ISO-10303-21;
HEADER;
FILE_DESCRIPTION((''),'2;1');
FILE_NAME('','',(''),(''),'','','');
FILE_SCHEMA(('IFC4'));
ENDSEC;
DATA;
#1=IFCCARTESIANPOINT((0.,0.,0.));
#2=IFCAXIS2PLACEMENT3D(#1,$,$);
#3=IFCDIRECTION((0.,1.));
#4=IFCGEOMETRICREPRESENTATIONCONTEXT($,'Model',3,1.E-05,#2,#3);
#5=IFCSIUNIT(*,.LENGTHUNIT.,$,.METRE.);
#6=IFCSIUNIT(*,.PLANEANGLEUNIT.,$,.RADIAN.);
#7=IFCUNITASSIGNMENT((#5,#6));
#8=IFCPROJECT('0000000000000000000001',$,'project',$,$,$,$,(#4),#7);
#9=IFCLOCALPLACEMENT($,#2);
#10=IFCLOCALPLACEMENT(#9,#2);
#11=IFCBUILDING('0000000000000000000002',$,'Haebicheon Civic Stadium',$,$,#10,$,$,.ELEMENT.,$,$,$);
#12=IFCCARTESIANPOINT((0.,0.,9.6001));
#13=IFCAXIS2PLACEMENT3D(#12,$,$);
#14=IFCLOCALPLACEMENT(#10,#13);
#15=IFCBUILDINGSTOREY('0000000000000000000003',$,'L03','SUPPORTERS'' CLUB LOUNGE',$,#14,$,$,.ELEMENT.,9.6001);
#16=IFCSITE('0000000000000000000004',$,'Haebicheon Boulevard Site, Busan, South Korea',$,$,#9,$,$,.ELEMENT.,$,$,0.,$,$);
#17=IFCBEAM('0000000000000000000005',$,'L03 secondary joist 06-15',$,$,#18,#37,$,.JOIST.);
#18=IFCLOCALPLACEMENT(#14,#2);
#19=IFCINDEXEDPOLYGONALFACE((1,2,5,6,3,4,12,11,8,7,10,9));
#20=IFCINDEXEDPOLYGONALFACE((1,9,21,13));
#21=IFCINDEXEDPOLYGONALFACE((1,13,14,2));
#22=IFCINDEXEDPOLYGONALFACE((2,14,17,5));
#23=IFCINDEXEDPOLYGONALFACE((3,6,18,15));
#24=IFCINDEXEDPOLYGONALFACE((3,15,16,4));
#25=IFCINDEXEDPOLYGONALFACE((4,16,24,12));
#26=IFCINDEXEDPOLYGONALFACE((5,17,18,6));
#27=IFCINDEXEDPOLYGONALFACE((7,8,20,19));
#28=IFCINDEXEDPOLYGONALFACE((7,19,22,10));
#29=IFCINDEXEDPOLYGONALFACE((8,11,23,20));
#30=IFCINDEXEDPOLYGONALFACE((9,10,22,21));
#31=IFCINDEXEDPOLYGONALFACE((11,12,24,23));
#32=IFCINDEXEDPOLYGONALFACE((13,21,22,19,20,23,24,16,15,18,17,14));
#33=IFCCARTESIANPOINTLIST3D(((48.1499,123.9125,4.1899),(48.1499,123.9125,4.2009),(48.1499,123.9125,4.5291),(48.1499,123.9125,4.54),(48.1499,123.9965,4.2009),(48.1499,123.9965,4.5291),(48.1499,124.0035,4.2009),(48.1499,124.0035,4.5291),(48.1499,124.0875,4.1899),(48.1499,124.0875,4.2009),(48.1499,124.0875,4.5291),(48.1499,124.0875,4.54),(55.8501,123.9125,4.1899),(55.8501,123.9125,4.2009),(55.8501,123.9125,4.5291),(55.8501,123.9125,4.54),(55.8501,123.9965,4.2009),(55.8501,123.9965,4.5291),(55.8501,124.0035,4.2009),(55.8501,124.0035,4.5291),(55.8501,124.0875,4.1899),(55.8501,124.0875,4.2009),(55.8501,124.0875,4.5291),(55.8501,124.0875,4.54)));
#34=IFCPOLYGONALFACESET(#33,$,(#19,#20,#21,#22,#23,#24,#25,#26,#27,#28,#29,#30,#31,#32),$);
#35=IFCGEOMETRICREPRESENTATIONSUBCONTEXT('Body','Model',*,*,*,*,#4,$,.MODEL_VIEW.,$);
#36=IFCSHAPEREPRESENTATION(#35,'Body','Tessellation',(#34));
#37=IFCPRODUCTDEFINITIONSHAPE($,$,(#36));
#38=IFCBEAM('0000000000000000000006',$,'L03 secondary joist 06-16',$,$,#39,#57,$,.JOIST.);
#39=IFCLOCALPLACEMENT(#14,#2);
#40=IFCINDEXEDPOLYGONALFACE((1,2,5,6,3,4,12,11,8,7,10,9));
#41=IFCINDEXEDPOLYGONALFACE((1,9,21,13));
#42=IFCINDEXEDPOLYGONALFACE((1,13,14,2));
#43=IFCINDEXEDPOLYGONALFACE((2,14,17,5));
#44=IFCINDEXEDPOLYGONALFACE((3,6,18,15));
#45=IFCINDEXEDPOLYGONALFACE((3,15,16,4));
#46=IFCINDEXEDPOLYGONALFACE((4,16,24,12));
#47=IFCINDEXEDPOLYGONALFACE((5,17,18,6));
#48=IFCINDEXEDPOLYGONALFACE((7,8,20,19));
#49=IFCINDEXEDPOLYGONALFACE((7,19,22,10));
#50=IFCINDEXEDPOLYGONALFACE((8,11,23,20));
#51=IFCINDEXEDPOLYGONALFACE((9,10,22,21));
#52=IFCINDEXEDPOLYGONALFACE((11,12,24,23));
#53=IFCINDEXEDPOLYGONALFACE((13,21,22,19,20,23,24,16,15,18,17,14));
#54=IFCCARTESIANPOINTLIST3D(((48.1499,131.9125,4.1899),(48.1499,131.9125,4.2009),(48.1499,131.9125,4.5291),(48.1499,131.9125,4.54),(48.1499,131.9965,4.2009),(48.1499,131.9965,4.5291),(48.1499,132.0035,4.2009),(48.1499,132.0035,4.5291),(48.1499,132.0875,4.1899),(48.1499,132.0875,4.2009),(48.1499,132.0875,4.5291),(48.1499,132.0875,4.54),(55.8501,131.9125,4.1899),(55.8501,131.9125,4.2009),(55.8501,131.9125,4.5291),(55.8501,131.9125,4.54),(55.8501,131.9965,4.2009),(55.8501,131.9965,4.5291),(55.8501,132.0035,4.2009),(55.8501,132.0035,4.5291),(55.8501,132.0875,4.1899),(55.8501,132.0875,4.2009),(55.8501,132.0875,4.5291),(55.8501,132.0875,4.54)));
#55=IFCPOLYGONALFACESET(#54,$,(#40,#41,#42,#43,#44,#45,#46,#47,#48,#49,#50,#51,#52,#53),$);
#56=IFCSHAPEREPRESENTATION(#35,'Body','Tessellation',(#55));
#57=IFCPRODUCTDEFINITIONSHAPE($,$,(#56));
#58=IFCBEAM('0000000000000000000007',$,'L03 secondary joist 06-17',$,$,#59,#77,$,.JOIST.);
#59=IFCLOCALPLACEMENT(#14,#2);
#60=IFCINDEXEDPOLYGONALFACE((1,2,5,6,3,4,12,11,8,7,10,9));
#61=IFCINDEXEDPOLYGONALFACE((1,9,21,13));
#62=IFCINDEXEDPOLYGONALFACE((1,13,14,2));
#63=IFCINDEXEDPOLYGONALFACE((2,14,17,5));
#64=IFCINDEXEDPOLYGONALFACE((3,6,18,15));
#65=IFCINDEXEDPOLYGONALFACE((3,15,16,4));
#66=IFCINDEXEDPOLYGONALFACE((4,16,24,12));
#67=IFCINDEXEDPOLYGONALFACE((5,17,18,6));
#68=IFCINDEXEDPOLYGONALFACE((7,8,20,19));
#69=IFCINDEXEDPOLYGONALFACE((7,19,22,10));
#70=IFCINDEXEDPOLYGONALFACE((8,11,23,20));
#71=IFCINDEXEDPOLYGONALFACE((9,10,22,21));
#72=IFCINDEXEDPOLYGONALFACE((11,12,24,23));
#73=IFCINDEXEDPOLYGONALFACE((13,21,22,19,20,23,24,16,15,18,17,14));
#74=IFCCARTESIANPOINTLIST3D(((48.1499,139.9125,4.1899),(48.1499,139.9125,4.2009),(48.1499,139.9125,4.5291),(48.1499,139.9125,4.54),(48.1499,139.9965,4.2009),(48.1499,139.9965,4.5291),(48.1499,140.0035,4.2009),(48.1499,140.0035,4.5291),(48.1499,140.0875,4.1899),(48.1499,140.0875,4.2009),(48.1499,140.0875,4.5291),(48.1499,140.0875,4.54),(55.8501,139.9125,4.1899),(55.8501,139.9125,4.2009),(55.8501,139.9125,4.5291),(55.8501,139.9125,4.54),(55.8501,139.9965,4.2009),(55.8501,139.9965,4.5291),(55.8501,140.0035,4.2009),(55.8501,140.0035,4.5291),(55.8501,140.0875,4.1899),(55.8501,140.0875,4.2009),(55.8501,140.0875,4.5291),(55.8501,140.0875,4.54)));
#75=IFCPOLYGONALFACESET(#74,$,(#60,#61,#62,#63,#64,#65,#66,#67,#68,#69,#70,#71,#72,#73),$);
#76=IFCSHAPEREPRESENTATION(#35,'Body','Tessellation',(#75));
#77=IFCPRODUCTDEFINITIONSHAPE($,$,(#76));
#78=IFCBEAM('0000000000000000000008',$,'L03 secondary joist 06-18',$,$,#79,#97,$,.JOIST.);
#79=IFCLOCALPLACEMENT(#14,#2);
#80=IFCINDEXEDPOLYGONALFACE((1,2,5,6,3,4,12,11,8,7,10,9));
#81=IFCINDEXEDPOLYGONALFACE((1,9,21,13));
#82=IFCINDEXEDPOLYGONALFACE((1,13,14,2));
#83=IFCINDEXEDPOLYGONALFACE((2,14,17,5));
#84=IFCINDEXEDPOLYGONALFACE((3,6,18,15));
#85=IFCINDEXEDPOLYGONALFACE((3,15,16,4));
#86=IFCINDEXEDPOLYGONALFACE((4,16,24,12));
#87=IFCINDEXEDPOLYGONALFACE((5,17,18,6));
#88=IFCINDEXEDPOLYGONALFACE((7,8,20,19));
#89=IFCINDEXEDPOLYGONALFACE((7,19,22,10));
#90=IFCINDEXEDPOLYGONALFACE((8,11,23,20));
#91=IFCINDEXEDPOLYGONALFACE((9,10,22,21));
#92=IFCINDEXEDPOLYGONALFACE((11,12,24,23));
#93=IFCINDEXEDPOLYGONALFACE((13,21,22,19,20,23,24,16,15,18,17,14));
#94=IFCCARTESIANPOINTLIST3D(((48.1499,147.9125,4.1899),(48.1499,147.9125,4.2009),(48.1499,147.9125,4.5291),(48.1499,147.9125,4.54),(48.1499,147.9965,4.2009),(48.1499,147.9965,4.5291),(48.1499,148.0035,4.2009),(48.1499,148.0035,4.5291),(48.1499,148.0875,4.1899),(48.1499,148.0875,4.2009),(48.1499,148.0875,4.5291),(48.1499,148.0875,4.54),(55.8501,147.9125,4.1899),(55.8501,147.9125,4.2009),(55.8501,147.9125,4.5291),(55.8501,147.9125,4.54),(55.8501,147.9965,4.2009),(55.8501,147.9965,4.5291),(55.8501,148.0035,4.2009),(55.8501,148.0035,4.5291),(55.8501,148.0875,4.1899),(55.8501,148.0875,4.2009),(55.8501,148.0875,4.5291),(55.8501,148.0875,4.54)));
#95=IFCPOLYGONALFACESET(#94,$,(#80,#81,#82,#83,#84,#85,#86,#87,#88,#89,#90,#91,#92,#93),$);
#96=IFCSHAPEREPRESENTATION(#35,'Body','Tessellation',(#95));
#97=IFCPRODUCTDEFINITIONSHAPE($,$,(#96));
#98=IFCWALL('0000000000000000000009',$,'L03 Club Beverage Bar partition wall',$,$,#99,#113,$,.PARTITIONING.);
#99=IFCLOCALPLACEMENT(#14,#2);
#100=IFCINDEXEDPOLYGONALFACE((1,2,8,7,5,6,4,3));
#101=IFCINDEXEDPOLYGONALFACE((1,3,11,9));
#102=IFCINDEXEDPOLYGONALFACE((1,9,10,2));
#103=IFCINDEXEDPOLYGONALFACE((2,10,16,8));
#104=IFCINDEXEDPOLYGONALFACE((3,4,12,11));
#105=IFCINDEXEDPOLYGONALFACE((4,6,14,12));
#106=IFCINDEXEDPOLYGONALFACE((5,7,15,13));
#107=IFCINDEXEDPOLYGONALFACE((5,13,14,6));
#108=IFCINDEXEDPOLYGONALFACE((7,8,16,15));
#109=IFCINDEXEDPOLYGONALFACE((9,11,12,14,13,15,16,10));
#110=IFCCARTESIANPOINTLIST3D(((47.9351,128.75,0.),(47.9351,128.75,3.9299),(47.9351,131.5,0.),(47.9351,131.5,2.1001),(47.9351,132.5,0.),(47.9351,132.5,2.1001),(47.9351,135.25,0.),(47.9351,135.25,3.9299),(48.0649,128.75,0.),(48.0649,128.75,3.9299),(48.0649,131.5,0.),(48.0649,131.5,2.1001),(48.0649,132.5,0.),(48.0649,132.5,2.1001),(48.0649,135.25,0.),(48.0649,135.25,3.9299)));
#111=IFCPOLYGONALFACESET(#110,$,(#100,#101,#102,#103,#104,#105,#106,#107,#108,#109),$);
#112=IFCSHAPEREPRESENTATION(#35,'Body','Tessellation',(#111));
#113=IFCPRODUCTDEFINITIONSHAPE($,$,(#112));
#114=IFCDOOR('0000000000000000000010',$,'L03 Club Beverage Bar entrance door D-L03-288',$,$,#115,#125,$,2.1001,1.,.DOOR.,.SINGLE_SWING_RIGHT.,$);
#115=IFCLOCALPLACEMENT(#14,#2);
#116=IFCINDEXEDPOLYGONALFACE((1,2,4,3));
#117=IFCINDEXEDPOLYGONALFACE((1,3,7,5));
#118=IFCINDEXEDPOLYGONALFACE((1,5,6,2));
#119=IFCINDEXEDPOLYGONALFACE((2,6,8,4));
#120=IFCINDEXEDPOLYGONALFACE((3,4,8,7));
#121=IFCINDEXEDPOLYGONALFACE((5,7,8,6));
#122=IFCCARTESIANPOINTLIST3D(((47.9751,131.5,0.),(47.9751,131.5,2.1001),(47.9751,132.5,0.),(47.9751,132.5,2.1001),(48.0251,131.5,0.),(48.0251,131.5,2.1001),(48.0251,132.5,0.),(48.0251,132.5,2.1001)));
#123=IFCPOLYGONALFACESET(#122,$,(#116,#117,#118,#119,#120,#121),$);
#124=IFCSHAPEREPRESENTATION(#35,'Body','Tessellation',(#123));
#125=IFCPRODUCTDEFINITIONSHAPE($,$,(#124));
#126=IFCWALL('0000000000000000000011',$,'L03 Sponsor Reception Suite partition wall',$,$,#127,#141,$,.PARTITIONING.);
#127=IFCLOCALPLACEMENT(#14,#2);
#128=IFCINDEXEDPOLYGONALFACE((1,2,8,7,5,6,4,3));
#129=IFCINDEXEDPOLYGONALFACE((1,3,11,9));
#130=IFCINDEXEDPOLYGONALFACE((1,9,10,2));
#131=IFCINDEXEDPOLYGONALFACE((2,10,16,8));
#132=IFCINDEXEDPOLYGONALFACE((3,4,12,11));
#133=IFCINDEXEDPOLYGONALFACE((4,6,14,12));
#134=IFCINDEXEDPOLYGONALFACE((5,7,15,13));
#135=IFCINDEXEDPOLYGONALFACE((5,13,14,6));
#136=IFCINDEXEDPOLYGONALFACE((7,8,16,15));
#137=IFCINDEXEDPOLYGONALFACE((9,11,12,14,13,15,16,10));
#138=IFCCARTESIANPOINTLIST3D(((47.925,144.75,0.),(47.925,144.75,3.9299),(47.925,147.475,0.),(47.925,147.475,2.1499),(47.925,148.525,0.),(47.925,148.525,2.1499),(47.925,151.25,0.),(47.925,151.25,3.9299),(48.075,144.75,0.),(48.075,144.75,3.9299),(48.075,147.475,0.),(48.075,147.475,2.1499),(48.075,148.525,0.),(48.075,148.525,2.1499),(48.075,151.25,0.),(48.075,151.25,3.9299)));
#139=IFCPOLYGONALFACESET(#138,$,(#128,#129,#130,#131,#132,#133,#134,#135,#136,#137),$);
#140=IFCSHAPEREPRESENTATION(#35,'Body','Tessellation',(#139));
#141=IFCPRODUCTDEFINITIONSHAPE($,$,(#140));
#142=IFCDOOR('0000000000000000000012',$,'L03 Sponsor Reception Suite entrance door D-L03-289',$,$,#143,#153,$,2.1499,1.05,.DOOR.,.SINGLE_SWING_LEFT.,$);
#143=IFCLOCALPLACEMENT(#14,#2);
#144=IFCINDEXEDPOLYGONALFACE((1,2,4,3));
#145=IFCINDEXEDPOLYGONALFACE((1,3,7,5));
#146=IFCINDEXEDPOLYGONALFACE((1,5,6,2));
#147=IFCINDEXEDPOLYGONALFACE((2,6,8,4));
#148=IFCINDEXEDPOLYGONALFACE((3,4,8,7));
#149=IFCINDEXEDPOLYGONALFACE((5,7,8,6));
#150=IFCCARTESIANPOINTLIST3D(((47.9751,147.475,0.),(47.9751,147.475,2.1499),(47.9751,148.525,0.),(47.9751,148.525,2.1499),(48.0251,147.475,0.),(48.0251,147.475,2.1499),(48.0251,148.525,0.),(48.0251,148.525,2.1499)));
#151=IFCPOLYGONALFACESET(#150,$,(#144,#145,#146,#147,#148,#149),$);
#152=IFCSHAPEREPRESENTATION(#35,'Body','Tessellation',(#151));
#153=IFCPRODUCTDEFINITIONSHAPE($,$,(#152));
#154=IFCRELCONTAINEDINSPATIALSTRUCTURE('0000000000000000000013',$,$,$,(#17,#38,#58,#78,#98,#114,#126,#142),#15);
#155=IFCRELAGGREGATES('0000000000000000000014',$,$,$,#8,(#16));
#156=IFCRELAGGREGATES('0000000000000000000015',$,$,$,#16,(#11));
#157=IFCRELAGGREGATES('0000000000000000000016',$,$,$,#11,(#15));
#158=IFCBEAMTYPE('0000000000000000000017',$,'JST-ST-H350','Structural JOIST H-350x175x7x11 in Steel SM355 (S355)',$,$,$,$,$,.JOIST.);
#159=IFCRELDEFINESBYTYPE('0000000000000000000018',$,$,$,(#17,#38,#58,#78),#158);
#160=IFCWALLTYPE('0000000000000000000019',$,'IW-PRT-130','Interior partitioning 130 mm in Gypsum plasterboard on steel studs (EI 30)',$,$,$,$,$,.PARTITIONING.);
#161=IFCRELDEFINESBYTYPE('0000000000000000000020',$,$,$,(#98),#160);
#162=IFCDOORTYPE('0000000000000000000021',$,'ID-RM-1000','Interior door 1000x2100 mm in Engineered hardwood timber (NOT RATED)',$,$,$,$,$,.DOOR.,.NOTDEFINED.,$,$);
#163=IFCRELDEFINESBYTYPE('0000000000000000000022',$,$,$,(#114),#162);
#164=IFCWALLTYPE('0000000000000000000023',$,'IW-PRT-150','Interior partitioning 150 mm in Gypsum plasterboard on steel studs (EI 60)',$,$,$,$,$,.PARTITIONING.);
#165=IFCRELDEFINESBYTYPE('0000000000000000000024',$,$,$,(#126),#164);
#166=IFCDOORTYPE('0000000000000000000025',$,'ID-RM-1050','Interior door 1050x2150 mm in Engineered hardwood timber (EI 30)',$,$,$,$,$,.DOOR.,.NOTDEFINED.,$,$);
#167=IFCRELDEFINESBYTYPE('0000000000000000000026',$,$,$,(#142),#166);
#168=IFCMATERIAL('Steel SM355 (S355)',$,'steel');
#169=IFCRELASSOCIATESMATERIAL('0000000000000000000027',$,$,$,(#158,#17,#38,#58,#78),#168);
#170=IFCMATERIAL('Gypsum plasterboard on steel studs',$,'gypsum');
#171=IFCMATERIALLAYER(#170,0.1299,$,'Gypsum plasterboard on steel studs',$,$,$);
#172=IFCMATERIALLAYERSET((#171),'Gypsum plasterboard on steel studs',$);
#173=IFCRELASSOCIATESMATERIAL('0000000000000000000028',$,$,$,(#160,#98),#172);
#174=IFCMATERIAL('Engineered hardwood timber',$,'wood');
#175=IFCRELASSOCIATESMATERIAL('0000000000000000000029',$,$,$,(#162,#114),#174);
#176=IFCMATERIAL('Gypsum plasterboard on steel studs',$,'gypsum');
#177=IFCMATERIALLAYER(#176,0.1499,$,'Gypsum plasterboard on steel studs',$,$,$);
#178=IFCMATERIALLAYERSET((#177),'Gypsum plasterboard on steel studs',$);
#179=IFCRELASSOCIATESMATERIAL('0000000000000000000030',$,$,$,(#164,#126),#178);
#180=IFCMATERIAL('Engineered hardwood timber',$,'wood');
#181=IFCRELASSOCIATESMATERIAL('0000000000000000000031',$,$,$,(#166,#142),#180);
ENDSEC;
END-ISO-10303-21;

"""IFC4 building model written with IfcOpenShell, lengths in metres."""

from ifc_helpers import new_model, si_unit, direction, frame, frame_2d, origin, origin_2d, place, context, subcontext, project, spatial, rectangle, i_section, extrude, material, layer, layer_set, material_profile, profile_set, type_object, element, fill, save


model = new_model("IFC4")

# Units and contexts
model_context = context("Model", 3, precision=1e-05, world=origin(), true_north=direction((0.0, 1.0)))
body_context = subcontext(model_context, "Body", "Model", "MODEL_VIEW")
ifc_project = project(units=[si_unit("LENGTHUNIT", "METRE"), si_unit("PLANEANGLEUNIT", "RADIAN")], contexts=[model_context])

# Site, building, storey
site_placement = place(None, origin())
site = spatial("IfcSite", under=ifc_project, at=site_placement, Name="Haebicheon Boulevard Site, Busan, South Korea", CompositionType="ELEMENT", RefElevation=0.0)
building_placement = place(site_placement, origin())
building = spatial("IfcBuilding", under=site, at=building_placement, Name="Haebicheon Civic Stadium", CompositionType="ELEMENT")
storey_placement = place(building_placement, frame((0.0, 0.0, 9.6001)))
storey = spatial("IfcBuildingStorey", under=building, at=storey_placement, Name="L03", Description="SUPPORTERS' CLUB LOUNGE", CompositionType="ELEMENT", Elevation=9.6001)

# Beams
ifc_material_1 = material(Name="Steel SM355 (S355)", Category="steel")
ifc_material_profile_1 = material_profile(ifc_material_1, i_section(OverallWidth=0.175, OverallDepth=0.3501, WebThickness=0.0071, FlangeThickness=0.011, at=origin_2d()), Name="H-350x175x7x11")
ifc_profile_set_1 = profile_set([ifc_material_profile_1], Name="Steel SM355 (S355)")
beam_type_1 = type_object("IfcBeamType", Name="JST-ST-H350", Description="Structural JOIST H-350x175x7x11 in Steel SM355 (S355)", PredefinedType="JOIST", material=ifc_profile_set_1)
for number, where, z_axis, x_axis, name in (
    (1, (48.1499, 124.0, 4.365), (1.0, 0.0, 0.0), (0.0, 1.0, 0.0), "L03 secondary joist 06-15"),
    (2, (48.1499, 132.0, 4.365), (1.0, 0.0, 0.0), (0.0, 1.0, 0.0), "L03 secondary joist 06-16"),
    (3, (48.1499, 140.0, 4.365), (1.0, 0.0, 0.0), (0.0, 1.0, 0.0), "L03 secondary joist 06-17"),
    (4, (48.1499, 148.0, 4.365), (1.0, 0.0, 0.0), (0.0, 1.0, 0.0), "L03 secondary joist 06-18"),
):
    element("IfcBeam", number, at=place(storey_placement, frame(where, z_axis=z_axis, x_axis=x_axis)), inside=storey, type_object=beam_type_1, material=ifc_profile_set_1, Name=name, PredefinedType="JOIST", context=body_context, shape_type="SweptSolid", body=[
        extrude(i_section(OverallWidth=0.175, OverallDepth=0.3501, WebThickness=0.0071, FlangeThickness=0.011, at=origin_2d()), origin(), (0.0, 0.0, 1.0), 7.7002),
    ])

# Walls, openings, doors
ifc_material_2 = material(Name="Gypsum plasterboard on steel studs", Category="gypsum")
ifc_layer_1 = layer(ifc_material_2, 0.1299, Name="Gypsum plasterboard on steel studs")
ifc_layer_set_1 = layer_set([ifc_layer_1], Name="Gypsum plasterboard on steel studs")
wall_type_1 = type_object("IfcWallType", Name="IW-PRT-130", Description="Interior partitioning 130 mm in Gypsum plasterboard on steel studs (EI 30)", PredefinedType="PARTITIONING", material=ifc_layer_set_1)
wall_1_placement = place(storey_placement, frame((48.0, 128.75, 0.0), z_axis=(0.0, 0.0, 1.0), x_axis=(0.0, 1.0, 0.0)))
wall_1 = element("IfcWall", 5, at=wall_1_placement, inside=storey, type_object=wall_type_1, material=ifc_layer_set_1, Name="L03 Club Beverage Bar partition wall", PredefinedType="PARTITIONING", context=body_context, shape_type="SweptSolid", body=[
    extrude(rectangle(XDim=6.5, YDim=0.1299, at=frame_2d((3.25, 0.0))), origin(), (0.0, 0.0, 1.0), 3.9299),
])
opening_1_placement = place(wall_1_placement, frame((2.75, 0.0, 0.0)))
opening_1 = element("IfcOpeningElement", 6, at=opening_1_placement, cuts=wall_1, PredefinedType="OPENING", context=body_context, shape_type="SweptSolid", body=[
    extrude(rectangle(XDim=1.0, YDim=2.1001, at=frame_2d((0.5, 1.05))), frame((0.0, 0.075, 0.0), z_axis=(0.0, -1.0, 0.0), x_axis=(1.0, 0.0, 0.0)), (0.0, 0.0, 1.0), 0.1499),
])
ifc_material_3 = material(Name="Engineered hardwood timber", Category="wood")
door_type_1 = type_object("IfcDoorType", Name="ID-RM-1000", Description="Interior door 1000x2100 mm in Engineered hardwood timber (NOT RATED)", OperationType="NOTDEFINED", PredefinedType="DOOR", material=ifc_material_3)
door_1_placement = place(opening_1_placement, origin())
door_1 = element("IfcDoor", 7, at=door_1_placement, inside=storey, type_object=door_type_1, material=ifc_material_3, Name="L03 Club Beverage Bar entrance door D-L03-288", OperationType="SINGLE_SWING_RIGHT", OverallHeight=2.1001, OverallWidth=1.0, PredefinedType="DOOR", context=body_context, shape_type="SweptSolid", body=[
    extrude(rectangle(XDim=1.0, YDim=2.1001, at=frame_2d((0.5, 1.05))), frame((0.0, 0.0249, 0.0), z_axis=(0.0, -1.0, 0.0), x_axis=(1.0, 0.0, 0.0)), (0.0, 0.0, 1.0), 0.05),
])
fill(opening_1, door_1)
ifc_material_4 = material(Name="Gypsum plasterboard on steel studs", Category="gypsum")
ifc_layer_2 = layer(ifc_material_4, 0.1499, Name="Gypsum plasterboard on steel studs")
ifc_layer_set_2 = layer_set([ifc_layer_2], Name="Gypsum plasterboard on steel studs")
wall_type_2 = type_object("IfcWallType", Name="IW-PRT-150", Description="Interior partitioning 150 mm in Gypsum plasterboard on steel studs (EI 60)", PredefinedType="PARTITIONING", material=ifc_layer_set_2)
wall_2_placement = place(storey_placement, frame((48.0, 144.75, 0.0), z_axis=(0.0, 0.0, 1.0), x_axis=(0.0, 1.0, 0.0)))
wall_2 = element("IfcWall", 8, at=wall_2_placement, inside=storey, type_object=wall_type_2, material=ifc_layer_set_2, Name="L03 Sponsor Reception Suite partition wall", PredefinedType="PARTITIONING", context=body_context, shape_type="SweptSolid", body=[
    extrude(rectangle(XDim=6.5, YDim=0.1499, at=frame_2d((3.25, 0.0))), origin(), (0.0, 0.0, 1.0), 3.9299),
])
opening_2_placement = place(wall_2_placement, frame((2.7251, 0.0, 0.0)))
opening_2 = element("IfcOpeningElement", 9, at=opening_2_placement, cuts=wall_2, PredefinedType="OPENING", context=body_context, shape_type="SweptSolid", body=[
    extrude(rectangle(XDim=1.05, YDim=2.1499, at=frame_2d((0.5249, 1.075))), frame((0.0, 0.085, 0.0), z_axis=(0.0, -1.0, 0.0), x_axis=(1.0, 0.0, 0.0)), (0.0, 0.0, 1.0), 0.1699),
])
ifc_material_5 = material(Name="Engineered hardwood timber", Category="wood")
door_type_2 = type_object("IfcDoorType", Name="ID-RM-1050", Description="Interior door 1050x2150 mm in Engineered hardwood timber (EI 30)", OperationType="NOTDEFINED", PredefinedType="DOOR", material=ifc_material_5)
door_2_placement = place(opening_2_placement, origin())
door_2 = element("IfcDoor", 10, at=door_2_placement, inside=storey, type_object=door_type_2, material=ifc_material_5, Name="L03 Sponsor Reception Suite entrance door D-L03-289", OperationType="SINGLE_SWING_LEFT", OverallHeight=2.1499, OverallWidth=1.05, PredefinedType="DOOR", context=body_context, shape_type="SweptSolid", body=[
    extrude(rectangle(XDim=1.05, YDim=2.1499, at=frame_2d((0.5249, 1.075))), frame((0.0, 0.0249, 0.0), z_axis=(0.0, -1.0, 0.0), x_axis=(1.0, 0.0, 0.0)), (0.0, 0.0, 1.0), 0.05),
])
fill(opening_2, door_2)

save(model, "model.ifc")
